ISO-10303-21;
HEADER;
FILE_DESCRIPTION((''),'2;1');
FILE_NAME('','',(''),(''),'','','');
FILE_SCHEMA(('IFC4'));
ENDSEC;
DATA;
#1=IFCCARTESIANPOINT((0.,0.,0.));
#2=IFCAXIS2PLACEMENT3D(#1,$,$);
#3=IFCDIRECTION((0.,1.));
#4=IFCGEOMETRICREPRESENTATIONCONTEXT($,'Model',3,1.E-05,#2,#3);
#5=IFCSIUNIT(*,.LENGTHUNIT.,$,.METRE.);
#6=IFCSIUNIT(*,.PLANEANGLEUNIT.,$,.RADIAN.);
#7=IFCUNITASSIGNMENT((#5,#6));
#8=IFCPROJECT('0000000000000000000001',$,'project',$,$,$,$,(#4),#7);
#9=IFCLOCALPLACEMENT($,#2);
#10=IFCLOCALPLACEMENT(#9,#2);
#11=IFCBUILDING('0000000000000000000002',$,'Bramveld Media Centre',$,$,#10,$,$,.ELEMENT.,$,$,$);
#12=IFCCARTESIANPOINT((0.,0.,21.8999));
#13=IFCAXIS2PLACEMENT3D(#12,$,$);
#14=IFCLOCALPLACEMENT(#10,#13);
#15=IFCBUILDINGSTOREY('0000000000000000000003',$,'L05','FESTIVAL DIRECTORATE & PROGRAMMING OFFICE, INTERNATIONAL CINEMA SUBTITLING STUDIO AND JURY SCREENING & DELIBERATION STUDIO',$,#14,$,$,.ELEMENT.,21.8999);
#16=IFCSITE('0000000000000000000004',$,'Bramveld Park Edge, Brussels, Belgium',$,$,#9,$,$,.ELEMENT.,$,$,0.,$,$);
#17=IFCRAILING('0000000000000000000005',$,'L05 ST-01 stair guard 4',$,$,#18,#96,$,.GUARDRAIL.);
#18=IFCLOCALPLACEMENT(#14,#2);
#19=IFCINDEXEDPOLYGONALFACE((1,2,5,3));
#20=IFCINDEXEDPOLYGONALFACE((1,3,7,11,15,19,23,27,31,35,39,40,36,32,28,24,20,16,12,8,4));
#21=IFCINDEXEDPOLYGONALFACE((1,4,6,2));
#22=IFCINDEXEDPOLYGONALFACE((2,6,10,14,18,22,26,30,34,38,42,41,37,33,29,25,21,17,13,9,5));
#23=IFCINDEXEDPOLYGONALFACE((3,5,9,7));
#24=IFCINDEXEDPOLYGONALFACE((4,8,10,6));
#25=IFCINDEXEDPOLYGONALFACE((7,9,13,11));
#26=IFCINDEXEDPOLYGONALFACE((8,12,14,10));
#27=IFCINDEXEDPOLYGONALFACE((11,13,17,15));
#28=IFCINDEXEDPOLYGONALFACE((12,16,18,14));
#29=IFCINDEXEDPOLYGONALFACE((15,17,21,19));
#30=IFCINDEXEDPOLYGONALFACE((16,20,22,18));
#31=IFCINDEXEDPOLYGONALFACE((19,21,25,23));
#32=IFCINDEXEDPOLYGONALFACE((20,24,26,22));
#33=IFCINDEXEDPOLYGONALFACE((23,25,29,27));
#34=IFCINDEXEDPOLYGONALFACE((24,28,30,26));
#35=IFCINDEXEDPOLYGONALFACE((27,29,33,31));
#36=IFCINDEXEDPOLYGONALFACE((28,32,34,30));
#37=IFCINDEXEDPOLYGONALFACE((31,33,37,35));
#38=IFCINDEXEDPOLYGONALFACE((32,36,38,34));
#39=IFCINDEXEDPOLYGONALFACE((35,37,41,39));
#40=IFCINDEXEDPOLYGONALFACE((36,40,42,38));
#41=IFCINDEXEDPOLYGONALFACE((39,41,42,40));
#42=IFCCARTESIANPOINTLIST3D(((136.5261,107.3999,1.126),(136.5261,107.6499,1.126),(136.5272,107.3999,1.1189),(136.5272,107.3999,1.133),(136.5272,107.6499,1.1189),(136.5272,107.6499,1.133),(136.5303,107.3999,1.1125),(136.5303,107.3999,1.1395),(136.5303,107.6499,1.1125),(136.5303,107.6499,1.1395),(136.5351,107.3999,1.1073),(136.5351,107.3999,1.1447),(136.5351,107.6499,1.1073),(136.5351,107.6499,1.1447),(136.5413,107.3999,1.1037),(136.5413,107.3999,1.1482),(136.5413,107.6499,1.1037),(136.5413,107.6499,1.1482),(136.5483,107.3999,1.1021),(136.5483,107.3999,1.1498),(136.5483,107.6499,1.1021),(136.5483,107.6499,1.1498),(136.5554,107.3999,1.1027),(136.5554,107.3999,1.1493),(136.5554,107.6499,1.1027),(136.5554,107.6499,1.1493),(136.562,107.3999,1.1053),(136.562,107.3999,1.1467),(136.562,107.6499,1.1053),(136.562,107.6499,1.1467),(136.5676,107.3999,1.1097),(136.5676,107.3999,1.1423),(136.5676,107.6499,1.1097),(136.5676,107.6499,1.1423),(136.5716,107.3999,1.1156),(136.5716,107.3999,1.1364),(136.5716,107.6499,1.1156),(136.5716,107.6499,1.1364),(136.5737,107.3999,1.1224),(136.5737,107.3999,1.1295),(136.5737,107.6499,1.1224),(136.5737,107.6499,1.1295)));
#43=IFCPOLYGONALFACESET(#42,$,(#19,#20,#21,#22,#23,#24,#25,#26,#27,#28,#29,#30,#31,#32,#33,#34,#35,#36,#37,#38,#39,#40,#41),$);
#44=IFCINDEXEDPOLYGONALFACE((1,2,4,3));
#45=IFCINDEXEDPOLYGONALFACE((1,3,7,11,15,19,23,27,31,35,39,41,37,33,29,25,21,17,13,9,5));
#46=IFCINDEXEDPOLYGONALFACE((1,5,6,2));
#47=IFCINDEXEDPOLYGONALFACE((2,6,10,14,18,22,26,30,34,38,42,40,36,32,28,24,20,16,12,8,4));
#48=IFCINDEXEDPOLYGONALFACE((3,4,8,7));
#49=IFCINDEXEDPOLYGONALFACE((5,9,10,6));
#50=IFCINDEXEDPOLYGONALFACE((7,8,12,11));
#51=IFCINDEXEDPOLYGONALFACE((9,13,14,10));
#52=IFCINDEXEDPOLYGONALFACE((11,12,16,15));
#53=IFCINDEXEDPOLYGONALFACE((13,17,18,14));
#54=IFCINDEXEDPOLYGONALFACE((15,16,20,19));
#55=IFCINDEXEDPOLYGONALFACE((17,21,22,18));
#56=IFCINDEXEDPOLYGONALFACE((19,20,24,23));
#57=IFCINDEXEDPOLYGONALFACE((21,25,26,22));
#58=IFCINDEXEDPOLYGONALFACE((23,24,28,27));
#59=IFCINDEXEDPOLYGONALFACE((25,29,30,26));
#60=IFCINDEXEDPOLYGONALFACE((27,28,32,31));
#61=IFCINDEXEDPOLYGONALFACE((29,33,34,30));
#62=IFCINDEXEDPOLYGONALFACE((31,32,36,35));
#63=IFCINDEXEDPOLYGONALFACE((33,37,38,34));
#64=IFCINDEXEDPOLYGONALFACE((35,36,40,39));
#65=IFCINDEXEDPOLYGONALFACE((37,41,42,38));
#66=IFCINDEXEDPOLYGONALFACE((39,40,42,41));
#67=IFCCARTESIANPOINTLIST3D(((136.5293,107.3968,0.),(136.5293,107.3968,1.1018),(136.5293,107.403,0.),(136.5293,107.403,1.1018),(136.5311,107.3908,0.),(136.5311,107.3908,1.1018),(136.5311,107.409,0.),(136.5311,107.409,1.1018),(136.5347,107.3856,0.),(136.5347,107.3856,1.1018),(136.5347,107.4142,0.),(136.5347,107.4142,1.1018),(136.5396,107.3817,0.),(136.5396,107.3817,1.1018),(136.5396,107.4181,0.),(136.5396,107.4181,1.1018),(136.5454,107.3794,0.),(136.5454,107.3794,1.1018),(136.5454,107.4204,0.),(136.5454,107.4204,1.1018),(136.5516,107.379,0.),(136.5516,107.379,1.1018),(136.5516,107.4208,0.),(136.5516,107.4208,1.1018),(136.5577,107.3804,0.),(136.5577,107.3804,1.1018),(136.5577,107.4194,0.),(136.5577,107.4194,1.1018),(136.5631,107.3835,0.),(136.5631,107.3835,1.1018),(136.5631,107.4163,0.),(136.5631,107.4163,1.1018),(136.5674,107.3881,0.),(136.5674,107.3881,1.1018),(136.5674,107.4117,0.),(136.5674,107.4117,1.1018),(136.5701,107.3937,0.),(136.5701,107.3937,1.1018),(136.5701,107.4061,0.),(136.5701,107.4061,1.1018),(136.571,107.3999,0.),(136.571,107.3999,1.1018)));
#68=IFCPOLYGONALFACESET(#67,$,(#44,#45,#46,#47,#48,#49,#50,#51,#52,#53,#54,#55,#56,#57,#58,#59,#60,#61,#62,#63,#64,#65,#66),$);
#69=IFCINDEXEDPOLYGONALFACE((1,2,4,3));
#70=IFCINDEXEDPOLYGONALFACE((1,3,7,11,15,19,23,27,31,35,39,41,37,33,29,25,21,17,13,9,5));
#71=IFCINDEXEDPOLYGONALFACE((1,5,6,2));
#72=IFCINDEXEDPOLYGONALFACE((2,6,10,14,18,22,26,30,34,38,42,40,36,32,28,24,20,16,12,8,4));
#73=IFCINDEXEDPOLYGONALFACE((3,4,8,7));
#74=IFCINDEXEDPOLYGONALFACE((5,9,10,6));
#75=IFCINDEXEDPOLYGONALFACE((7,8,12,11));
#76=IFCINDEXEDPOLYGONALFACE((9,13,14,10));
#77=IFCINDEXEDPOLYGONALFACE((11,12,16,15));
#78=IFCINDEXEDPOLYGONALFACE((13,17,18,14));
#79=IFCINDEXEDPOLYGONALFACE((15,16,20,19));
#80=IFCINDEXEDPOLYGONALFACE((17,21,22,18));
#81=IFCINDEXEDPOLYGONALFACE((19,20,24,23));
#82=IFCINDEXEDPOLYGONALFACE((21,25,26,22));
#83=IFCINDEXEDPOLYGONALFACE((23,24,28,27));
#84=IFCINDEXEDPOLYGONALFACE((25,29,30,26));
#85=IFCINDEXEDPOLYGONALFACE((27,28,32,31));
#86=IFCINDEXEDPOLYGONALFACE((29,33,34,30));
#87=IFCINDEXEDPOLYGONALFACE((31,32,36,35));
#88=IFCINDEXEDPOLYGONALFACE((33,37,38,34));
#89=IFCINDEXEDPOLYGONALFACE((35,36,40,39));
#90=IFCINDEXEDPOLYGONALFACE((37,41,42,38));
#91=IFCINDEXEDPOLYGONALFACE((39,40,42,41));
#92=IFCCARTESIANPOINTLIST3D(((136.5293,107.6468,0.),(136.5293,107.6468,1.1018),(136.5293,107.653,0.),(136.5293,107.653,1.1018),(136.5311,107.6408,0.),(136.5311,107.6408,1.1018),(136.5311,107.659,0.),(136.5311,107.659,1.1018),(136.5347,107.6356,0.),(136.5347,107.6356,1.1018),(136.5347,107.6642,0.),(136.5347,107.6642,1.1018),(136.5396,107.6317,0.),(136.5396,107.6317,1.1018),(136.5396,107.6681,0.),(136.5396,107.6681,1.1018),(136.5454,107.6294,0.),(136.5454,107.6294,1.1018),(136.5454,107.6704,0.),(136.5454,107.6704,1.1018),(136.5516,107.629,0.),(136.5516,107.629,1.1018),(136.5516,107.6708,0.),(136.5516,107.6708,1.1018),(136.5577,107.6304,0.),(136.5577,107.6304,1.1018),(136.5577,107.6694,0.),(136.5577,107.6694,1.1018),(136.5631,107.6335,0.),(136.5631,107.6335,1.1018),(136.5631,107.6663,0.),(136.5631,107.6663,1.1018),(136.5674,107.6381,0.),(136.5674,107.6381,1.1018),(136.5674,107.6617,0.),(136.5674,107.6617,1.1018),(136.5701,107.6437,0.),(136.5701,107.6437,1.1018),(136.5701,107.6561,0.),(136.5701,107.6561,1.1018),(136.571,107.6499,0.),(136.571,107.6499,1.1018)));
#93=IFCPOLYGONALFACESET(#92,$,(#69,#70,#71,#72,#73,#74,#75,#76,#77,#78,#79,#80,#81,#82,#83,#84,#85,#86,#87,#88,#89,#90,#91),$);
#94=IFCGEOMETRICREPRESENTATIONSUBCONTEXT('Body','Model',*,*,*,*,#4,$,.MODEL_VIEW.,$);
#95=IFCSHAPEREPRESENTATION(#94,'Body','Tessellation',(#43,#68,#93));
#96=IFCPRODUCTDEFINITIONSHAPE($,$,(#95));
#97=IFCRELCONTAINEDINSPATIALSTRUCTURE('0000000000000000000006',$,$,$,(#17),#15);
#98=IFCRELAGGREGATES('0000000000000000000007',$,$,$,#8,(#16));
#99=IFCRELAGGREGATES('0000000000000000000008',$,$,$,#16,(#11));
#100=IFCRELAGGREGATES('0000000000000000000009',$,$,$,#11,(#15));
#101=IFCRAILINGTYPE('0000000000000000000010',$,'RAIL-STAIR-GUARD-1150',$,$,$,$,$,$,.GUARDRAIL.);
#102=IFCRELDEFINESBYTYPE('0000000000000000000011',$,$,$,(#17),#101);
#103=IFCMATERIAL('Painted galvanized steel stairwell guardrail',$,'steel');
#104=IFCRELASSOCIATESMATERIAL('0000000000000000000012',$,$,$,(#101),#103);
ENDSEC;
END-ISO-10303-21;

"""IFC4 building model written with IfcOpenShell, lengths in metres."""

from ifc_helpers import new_model, si_unit, direction, frame, origin, origin_2d, place, context, subcontext, project, spatial, circle, extrude, material, type_object, element, save


model = new_model("IFC4")

# Units and contexts
model_context = context("Model", 3, precision=1e-05, world=origin(), true_north=direction((0.0, 1.0)))
body_context = subcontext(model_context, "Body", "Model", "MODEL_VIEW")
ifc_project = project(units=[si_unit("LENGTHUNIT", "METRE"), si_unit("PLANEANGLEUNIT", "RADIAN")], contexts=[model_context])

# Site, building, storey
site_placement = place(None, origin())
site = spatial("IfcSite", under=ifc_project, at=site_placement, Name="Bramveld Park Edge, Brussels, Belgium", CompositionType="ELEMENT", RefElevation=0.0)
building_placement = place(site_placement, origin())
building = spatial("IfcBuilding", under=site, at=building_placement, Name="Bramveld Media Centre", CompositionType="ELEMENT")
storey_placement = place(building_placement, frame((0.0, 0.0, 21.8999)))
storey = spatial("IfcBuildingStorey", under=building, at=storey_placement, Name="L05", Description="FESTIVAL DIRECTORATE & PROGRAMMING OFFICE, INTERNATIONAL CINEMA SUBTITLING STUDIO AND JURY SCREENING & DELIBERATION STUDIO", CompositionType="ELEMENT", Elevation=21.8999)

# Railing
ifc_material_1 = material(Name="Painted galvanized steel stairwell guardrail", Category="steel")
railing_type_1 = type_object("IfcRailingType", Name="RAIL-STAIR-GUARD-1150", PredefinedType="GUARDRAIL", material=ifc_material_1)
railing_1_placement = place(storey_placement, frame((136.55, 107.3999, 0.0)))
element("IfcRailing", 1, at=railing_1_placement, inside=storey, type_object=railing_type_1, Name="L05 ST-01 stair guard 4", PredefinedType="GUARDRAIL", context=body_context, shape_type="SweptSolid", body=[
    extrude(circle(Radius=0.0239, at=origin_2d()), frame((0.0, 0.0, 1.126), z_axis=(0.0, 1.0, 0.0), x_axis=(-1.0, 0.0, 0.0)), (0.0, 0.0, 1.0), 0.25),
    extrude(circle(Radius=0.021, at=origin_2d()), origin(), (0.0, 0.0, 1.0), 1.1018),
    extrude(circle(Radius=0.021, at=origin_2d()), frame((0.0, 0.25, 0.0)), (0.0, 0.0, 1.0), 1.1018),
])

save(model, "model.ifc")
